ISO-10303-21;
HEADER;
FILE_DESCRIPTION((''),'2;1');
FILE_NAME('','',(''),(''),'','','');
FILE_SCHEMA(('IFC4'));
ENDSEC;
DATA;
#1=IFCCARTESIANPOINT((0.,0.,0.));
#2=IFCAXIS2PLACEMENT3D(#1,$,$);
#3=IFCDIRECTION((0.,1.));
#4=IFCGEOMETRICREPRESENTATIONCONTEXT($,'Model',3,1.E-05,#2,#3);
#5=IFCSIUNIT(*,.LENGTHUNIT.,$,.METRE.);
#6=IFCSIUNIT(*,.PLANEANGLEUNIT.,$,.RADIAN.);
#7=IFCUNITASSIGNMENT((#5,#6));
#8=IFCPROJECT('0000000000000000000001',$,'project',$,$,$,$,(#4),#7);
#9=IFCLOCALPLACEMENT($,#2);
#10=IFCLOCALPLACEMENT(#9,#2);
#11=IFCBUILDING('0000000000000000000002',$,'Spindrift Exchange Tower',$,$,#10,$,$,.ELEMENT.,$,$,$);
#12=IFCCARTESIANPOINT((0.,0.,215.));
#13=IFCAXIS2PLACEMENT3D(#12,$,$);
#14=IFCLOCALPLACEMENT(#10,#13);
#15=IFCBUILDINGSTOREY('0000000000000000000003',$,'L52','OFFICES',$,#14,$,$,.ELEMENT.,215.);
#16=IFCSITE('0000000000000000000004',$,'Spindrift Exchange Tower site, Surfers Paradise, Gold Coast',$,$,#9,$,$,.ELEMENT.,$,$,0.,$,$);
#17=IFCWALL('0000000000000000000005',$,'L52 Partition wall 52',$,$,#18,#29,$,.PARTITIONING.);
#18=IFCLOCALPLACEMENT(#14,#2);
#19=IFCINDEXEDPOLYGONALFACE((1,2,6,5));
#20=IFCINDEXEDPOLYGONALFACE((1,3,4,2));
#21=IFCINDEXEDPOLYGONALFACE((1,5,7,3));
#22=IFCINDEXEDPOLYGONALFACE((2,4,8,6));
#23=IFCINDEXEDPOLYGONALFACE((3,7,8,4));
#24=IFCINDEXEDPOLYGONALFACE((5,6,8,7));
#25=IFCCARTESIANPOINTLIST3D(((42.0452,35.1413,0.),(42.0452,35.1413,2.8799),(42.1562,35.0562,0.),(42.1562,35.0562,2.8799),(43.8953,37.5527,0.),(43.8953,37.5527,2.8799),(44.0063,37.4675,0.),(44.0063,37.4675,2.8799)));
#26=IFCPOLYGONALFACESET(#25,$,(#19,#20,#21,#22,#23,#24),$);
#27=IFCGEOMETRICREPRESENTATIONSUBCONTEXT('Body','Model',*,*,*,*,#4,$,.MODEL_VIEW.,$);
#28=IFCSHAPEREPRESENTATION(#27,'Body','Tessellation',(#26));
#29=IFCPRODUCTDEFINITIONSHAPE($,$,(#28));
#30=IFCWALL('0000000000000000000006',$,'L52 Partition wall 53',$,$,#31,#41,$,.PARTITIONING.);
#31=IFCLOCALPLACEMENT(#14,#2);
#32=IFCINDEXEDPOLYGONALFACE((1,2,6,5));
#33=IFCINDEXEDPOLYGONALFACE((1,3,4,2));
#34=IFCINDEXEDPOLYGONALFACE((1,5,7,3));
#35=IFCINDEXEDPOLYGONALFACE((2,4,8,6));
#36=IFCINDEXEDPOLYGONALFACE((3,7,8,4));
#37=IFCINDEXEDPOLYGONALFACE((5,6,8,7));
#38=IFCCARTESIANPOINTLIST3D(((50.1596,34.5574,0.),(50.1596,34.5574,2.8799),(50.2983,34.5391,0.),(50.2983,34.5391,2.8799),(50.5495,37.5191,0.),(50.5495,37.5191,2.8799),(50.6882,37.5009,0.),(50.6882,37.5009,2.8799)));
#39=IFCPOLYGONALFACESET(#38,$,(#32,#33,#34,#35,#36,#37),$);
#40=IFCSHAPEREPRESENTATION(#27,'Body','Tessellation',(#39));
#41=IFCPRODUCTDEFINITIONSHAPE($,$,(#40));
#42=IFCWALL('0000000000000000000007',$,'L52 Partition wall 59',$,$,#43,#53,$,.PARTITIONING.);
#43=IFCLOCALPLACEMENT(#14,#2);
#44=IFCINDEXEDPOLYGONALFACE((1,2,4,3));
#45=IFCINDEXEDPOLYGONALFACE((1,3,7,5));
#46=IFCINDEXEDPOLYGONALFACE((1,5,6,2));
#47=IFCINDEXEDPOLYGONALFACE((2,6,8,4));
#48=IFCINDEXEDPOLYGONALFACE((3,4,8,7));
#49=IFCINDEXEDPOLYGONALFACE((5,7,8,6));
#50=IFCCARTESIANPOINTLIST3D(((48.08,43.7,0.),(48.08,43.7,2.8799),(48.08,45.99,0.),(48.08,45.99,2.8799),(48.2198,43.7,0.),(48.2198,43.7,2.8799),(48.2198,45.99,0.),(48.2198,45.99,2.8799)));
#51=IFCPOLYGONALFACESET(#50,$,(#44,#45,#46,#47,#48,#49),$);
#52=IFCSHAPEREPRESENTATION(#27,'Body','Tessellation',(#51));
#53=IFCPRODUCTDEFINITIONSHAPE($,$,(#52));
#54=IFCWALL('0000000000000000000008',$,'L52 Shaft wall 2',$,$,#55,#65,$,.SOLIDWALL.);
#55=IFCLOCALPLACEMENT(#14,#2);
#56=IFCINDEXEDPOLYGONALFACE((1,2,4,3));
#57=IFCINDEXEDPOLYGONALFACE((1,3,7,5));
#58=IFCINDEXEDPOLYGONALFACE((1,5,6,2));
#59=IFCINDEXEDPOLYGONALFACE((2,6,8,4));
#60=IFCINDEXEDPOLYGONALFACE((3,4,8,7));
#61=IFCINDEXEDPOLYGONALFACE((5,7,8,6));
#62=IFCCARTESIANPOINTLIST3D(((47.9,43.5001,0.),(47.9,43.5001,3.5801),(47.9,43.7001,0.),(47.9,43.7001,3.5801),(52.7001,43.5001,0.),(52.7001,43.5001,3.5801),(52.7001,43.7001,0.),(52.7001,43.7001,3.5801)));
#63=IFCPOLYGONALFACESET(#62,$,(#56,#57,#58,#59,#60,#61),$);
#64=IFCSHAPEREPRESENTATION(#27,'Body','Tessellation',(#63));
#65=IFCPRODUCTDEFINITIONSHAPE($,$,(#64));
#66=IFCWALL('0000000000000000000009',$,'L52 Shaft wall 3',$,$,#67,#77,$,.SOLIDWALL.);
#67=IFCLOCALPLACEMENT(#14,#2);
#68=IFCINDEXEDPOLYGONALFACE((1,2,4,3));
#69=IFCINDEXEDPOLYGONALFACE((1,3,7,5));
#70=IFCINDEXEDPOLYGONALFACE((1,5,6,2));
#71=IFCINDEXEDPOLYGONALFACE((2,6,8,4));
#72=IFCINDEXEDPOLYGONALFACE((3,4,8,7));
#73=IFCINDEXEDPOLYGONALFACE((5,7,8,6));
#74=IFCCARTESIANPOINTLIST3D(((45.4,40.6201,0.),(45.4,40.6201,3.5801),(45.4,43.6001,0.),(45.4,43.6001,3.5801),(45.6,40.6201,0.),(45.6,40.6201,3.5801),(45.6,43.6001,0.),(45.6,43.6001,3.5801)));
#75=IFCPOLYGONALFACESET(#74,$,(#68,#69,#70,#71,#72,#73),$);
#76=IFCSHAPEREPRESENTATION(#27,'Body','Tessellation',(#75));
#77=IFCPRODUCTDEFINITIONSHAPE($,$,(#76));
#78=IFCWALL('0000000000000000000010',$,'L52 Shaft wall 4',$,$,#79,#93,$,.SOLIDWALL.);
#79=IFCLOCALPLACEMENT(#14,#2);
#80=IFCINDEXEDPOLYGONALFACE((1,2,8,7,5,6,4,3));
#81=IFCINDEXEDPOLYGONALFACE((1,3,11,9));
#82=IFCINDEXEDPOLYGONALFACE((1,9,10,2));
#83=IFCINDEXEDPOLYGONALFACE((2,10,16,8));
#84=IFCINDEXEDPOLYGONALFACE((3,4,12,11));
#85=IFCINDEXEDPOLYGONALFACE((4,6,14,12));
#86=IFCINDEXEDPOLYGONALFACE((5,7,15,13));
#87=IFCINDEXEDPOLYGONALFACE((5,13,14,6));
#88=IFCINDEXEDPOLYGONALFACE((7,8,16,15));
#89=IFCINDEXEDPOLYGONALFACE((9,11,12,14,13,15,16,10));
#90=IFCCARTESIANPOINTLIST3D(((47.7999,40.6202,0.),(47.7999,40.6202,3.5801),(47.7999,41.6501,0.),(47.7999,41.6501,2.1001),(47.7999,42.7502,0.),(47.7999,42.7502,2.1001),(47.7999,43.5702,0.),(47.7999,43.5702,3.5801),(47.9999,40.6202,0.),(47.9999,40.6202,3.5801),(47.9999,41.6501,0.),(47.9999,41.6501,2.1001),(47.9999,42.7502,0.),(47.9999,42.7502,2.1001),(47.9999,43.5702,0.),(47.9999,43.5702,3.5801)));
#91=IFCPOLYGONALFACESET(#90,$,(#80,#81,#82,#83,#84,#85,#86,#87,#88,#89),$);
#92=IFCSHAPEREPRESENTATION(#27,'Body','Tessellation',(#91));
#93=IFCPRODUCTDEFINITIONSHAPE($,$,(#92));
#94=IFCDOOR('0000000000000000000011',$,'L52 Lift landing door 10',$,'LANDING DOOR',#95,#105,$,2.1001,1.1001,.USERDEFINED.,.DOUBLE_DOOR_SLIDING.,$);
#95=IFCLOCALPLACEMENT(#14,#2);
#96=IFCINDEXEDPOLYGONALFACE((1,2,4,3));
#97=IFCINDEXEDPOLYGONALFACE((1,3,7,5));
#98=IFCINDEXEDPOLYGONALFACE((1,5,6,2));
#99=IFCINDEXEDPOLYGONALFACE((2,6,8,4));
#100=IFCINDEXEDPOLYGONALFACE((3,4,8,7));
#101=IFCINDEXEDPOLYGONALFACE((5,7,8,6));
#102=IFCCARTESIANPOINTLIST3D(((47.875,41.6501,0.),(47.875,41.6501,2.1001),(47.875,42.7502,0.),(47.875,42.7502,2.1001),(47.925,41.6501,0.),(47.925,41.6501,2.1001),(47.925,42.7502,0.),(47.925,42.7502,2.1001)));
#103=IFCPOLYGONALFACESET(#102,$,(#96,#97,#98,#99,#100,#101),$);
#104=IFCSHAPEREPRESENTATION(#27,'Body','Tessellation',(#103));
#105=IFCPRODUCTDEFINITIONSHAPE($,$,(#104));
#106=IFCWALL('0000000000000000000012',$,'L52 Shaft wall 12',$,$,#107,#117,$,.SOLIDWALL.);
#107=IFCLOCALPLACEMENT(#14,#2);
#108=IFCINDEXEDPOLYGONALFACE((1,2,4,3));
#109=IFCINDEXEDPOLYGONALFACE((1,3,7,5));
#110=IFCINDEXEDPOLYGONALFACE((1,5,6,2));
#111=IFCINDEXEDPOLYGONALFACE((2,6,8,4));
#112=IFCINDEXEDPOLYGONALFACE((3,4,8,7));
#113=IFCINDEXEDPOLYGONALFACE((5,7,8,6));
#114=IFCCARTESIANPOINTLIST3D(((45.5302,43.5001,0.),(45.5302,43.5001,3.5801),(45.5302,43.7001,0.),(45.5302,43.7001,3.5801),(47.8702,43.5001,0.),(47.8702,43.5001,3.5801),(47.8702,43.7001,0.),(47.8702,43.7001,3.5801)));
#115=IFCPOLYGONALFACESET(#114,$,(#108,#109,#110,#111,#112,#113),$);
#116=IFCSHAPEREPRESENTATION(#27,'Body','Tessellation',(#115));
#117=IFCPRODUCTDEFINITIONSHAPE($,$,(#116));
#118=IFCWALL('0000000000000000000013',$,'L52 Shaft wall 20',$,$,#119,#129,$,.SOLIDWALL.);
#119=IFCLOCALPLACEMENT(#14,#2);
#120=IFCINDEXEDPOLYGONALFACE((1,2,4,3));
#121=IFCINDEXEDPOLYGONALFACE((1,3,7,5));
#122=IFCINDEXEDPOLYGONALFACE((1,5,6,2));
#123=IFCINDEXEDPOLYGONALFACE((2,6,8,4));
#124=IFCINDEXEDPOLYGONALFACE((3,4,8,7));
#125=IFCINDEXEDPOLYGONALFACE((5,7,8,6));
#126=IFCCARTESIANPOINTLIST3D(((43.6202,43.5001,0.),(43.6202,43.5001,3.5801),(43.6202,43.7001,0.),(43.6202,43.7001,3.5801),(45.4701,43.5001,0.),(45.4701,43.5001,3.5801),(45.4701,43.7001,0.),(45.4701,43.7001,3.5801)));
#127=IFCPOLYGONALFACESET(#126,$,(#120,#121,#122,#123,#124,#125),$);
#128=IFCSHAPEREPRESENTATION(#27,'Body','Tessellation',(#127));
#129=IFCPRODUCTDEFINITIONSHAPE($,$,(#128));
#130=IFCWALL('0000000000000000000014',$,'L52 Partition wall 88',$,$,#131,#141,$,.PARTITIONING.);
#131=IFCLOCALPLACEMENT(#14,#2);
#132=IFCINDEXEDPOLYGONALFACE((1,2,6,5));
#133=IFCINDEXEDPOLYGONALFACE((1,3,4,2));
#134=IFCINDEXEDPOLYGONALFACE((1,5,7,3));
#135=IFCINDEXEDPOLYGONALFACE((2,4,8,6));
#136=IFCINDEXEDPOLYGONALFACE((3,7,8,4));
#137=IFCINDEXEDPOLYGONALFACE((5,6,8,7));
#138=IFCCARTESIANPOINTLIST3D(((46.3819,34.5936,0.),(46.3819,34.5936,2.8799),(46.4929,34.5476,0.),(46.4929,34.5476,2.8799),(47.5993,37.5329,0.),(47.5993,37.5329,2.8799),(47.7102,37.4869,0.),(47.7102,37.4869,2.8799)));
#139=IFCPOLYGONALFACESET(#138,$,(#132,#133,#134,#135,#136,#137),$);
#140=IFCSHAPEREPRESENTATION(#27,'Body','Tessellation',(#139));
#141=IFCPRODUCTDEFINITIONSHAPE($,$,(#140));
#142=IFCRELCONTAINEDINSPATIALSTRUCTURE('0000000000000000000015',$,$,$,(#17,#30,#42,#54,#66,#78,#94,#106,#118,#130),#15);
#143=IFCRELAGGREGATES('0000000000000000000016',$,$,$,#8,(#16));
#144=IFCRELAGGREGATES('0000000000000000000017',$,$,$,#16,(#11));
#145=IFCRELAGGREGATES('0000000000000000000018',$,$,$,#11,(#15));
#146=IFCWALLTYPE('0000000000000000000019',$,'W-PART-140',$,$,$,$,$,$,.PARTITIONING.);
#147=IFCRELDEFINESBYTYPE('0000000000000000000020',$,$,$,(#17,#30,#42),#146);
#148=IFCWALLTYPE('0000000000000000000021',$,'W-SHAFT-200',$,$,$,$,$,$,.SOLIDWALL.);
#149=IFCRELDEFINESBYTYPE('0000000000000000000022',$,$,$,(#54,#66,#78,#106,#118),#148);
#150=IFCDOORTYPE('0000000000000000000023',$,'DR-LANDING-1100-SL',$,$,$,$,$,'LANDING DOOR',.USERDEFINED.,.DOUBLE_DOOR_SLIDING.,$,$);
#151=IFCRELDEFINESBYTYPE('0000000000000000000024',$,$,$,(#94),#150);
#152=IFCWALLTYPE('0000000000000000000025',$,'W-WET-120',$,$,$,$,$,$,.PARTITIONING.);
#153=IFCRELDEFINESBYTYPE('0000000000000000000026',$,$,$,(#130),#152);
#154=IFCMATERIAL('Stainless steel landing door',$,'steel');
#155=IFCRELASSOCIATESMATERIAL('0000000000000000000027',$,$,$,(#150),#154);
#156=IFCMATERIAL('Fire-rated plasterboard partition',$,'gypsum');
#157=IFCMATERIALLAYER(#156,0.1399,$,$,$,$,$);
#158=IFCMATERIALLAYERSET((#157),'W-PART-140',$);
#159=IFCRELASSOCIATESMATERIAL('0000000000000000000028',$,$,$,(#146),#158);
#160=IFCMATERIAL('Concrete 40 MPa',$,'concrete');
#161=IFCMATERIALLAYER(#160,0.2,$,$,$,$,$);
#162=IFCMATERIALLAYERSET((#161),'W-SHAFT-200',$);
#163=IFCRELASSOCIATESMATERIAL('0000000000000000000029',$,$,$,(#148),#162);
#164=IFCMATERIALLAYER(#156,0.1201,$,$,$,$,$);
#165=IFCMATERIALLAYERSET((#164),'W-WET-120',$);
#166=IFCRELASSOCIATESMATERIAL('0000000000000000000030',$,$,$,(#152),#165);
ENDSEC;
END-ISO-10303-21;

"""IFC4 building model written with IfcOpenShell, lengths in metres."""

from ifc_helpers import new_model, si_unit, direction, frame, frame_2d, origin, place, context, subcontext, project, spatial, rectangle, extrude, source, transform, mapped, material, layer, layer_set, type_object, element, fill, save


model = new_model("IFC4")

# Units and contexts
model_context = context("Model", 3, precision=1e-05, world=origin(), true_north=direction((0.0, 1.0)))
body_context = subcontext(model_context, "Body", "Model", "MODEL_VIEW")
ifc_project = project(units=[si_unit("LENGTHUNIT", "METRE"), si_unit("PLANEANGLEUNIT", "RADIAN")], contexts=[model_context])

# Site, building, storey
site_placement = place(None, origin())
site = spatial("IfcSite", under=ifc_project, at=site_placement, Name="Spindrift Exchange Tower site, Surfers Paradise, Gold Coast", CompositionType="ELEMENT", RefElevation=0.0)
building_placement = place(site_placement, origin())
building = spatial("IfcBuilding", under=site, at=building_placement, Name="Spindrift Exchange Tower", CompositionType="ELEMENT")
storey_placement = place(building_placement, frame((0.0, 0.0, 215.0)))
storey = spatial("IfcBuildingStorey", under=building, at=storey_placement, Name="L52", Description="OFFICES", CompositionType="ELEMENT", Elevation=215.0)

# Shared definitions
ifc_material_1 = material(Name="Stainless steel landing door", Category="steel")
door_type_1 = type_object("IfcDoorType", Name="DR-LANDING-1100-SL", ElementType="LANDING DOOR", OperationType="DOUBLE_DOOR_SLIDING", PredefinedType="USERDEFINED", material=ifc_material_1)
shared_shape_1 = source(origin(), body_context, "Body", "SweptSolid", [
    extrude(rectangle(XDim=1.1001, YDim=2.1001, at=frame_2d((0.55, 1.05))), frame((0.0, 0.0249, 0.0), z_axis=(0.0, -1.0, 0.0), x_axis=(1.0, 0.0, 0.0)), (0.0, 0.0, 1.0), 0.05),
])

# Shared definitions
ifc_material_2 = material(Name="Fire-rated plasterboard partition", Category="gypsum")
ifc_layer_1 = layer(ifc_material_2, 0.1399)
ifc_layer_set_1 = layer_set([ifc_layer_1], Name="W-PART-140")
wall_type_1 = type_object("IfcWallType", Name="W-PART-140", PredefinedType="PARTITIONING", material=ifc_layer_set_1)

# Walls
wall_1_placement = place(storey_placement, frame((43.9507, 37.51, 0.0), z_axis=(0.0, 0.0, 1.0), x_axis=(-0.608716, -0.793388, 0.0)))
element("IfcWall", 1, at=wall_1_placement, inside=storey, type_object=wall_type_1, Name="L52 Partition wall 52", PredefinedType="PARTITIONING", context=body_context, shape_type="SweptSolid", body=[
    extrude(rectangle(XDim=3.0393, YDim=0.1399, at=frame_2d((1.5195, 0.0))), origin(), (0.0, 0.0, 1.0), 2.8799),
])
wall_2_placement = place(storey_placement, frame((50.6189, 37.51, 0.0), z_axis=(0.0, 0.0, 1.0), x_axis=(-0.13052, -0.991446, 0.0)))
element("IfcWall", 2, at=wall_2_placement, inside=storey, type_object=wall_type_1, Name="L52 Partition wall 53", PredefinedType="PARTITIONING", context=body_context, shape_type="SweptSolid", body=[
    extrude(rectangle(XDim=2.9873, YDim=0.1399, at=frame_2d((1.4937, 0.0))), origin(), (0.0, 0.0, 1.0), 2.8799),
])
wall_3_placement = place(storey_placement, frame((48.1499, 43.7, 0.0), z_axis=(0.0, 0.0, 1.0), x_axis=(0.0, 1.0, 0.0)))
element("IfcWall", 3, at=wall_3_placement, inside=storey, type_object=wall_type_1, Name="L52 Partition wall 59", PredefinedType="PARTITIONING", context=body_context, shape_type="SweptSolid", body=[
    extrude(rectangle(XDim=2.29, YDim=0.1399, at=frame_2d((1.145, 0.0))), origin(), (0.0, 0.0, 1.0), 2.8799),
])
ifc_material_3 = material(Name="Concrete 40 MPa", Category="concrete")
ifc_layer_2 = layer(ifc_material_3, 0.2)
ifc_layer_set_2 = layer_set([ifc_layer_2], Name="W-SHAFT-200")
wall_type_2 = type_object("IfcWallType", Name="W-SHAFT-200", PredefinedType="SOLIDWALL", material=ifc_layer_set_2)
wall_4_placement = place(storey_placement, frame((52.7, 43.6001, 0.0), z_axis=(0.0, 0.0, 1.0), x_axis=(-1.0, 0.0, 0.0)))
element("IfcWall", 4, at=wall_4_placement, inside=storey, type_object=wall_type_2, Name="L52 Shaft wall 2", PredefinedType="SOLIDWALL", context=body_context, shape_type="SweptSolid", body=[
    extrude(rectangle(XDim=4.8, YDim=0.2, at=frame_2d((2.3999, 0.0))), origin(), (0.0, 0.0, 1.0), 3.5801),
])
wall_5_placement = place(storey_placement, frame((45.5, 43.6001, 0.0), z_axis=(0.0, 0.0, 1.0), x_axis=(0.0, -1.0, 0.0)))
element("IfcWall", 5, at=wall_5_placement, inside=storey, type_object=wall_type_2, Name="L52 Shaft wall 3", PredefinedType="SOLIDWALL", context=body_context, shape_type="SweptSolid", body=[
    extrude(rectangle(XDim=2.98, YDim=0.2, at=frame_2d((1.49, 0.0))), origin(), (0.0, 0.0, 1.0), 3.5801),
])

# Wall, opening, door
wall_6_placement = place(storey_placement, frame((47.8999, 40.6201, 0.0), z_axis=(0.0, 0.0, 1.0), x_axis=(0.0, 1.0, 0.0)))
wall_6 = element("IfcWall", 6, at=wall_6_placement, inside=storey, type_object=wall_type_2, Name="L52 Shaft wall 4", PredefinedType="SOLIDWALL", context=body_context, shape_type="SweptSolid", body=[
    extrude(rectangle(XDim=2.95, YDim=0.2, at=frame_2d((1.4751, 0.0))), origin(), (0.0, 0.0, 1.0), 3.5801),
])
opening_1_placement = place(wall_6_placement, frame((1.03, 0.0, 0.0)))
opening_1 = element("IfcOpeningElement", 7, at=opening_1_placement, cuts=wall_6, PredefinedType="OPENING", context=body_context, shape_type="SweptSolid", body=[
    extrude(rectangle(XDim=1.1001, YDim=2.1001, at=frame_2d((0.55, 1.05))), frame((0.0, 0.1099, 0.0), z_axis=(0.0, -1.0, 0.0), x_axis=(1.0, 0.0, 0.0)), (0.0, 0.0, 1.0), 0.22),
])
door_1_placement = place(opening_1_placement, origin())
door_1 = element("IfcDoor", 8, at=door_1_placement, inside=storey, type_object=door_type_1, Name="L52 Lift landing door 10", ObjectType="LANDING DOOR", OperationType="DOUBLE_DOOR_SLIDING", OverallHeight=2.1001, OverallWidth=1.1001, PredefinedType="USERDEFINED", context=body_context, shape_type="MappedRepresentation", body=[
    mapped(shared_shape_1, transform((0.0, 0.0, 0.0), scale=1.0)),
])
fill(opening_1, door_1)

# Walls
wall_7_placement = place(storey_placement, frame((47.8701, 43.6001, 0.0), z_axis=(0.0, 0.0, 1.0), x_axis=(-1.0, 0.0, 0.0)))
element("IfcWall", 9, at=wall_7_placement, inside=storey, type_object=wall_type_2, Name="L52 Shaft wall 12", PredefinedType="SOLIDWALL", context=body_context, shape_type="SweptSolid", body=[
    extrude(rectangle(XDim=2.3401, YDim=0.2, at=frame_2d((1.1699, 0.0))), origin(), (0.0, 0.0, 1.0), 3.5801),
])
wall_8_placement = place(storey_placement, frame((45.47, 43.6001, 0.0), z_axis=(0.0, 0.0, 1.0), x_axis=(-1.0, 0.0, 0.0)))
element("IfcWall", 10, at=wall_8_placement, inside=storey, type_object=wall_type_2, Name="L52 Shaft wall 20", PredefinedType="SOLIDWALL", context=body_context, shape_type="SweptSolid", body=[
    extrude(rectangle(XDim=1.8499, YDim=0.2, at=frame_2d((0.9248, 0.0))), origin(), (0.0, 0.0, 1.0), 3.5801),
])
ifc_layer_3 = layer(ifc_material_2, 0.1201)
ifc_layer_set_3 = layer_set([ifc_layer_3], Name="W-WET-120")
wall_type_3 = type_object("IfcWallType", Name="W-WET-120", PredefinedType="PARTITIONING", material=ifc_layer_set_3)
wall_9_placement = place(storey_placement, frame((47.6548, 37.51, 0.0), z_axis=(0.0, 0.0, 1.0), x_axis=(-0.382636, -0.923899, 0.0)))
element("IfcWall", 11, at=wall_9_placement, inside=storey, type_object=wall_type_3, Name="L52 Partition wall 88", PredefinedType="PARTITIONING", context=body_context, shape_type="SweptSolid", body=[
    extrude(rectangle(XDim=3.1814, YDim=0.1201, at=frame_2d((1.5908, 0.0))), origin(), (0.0, 0.0, 1.0), 2.8799),
])

save(model, "model.ifc")
